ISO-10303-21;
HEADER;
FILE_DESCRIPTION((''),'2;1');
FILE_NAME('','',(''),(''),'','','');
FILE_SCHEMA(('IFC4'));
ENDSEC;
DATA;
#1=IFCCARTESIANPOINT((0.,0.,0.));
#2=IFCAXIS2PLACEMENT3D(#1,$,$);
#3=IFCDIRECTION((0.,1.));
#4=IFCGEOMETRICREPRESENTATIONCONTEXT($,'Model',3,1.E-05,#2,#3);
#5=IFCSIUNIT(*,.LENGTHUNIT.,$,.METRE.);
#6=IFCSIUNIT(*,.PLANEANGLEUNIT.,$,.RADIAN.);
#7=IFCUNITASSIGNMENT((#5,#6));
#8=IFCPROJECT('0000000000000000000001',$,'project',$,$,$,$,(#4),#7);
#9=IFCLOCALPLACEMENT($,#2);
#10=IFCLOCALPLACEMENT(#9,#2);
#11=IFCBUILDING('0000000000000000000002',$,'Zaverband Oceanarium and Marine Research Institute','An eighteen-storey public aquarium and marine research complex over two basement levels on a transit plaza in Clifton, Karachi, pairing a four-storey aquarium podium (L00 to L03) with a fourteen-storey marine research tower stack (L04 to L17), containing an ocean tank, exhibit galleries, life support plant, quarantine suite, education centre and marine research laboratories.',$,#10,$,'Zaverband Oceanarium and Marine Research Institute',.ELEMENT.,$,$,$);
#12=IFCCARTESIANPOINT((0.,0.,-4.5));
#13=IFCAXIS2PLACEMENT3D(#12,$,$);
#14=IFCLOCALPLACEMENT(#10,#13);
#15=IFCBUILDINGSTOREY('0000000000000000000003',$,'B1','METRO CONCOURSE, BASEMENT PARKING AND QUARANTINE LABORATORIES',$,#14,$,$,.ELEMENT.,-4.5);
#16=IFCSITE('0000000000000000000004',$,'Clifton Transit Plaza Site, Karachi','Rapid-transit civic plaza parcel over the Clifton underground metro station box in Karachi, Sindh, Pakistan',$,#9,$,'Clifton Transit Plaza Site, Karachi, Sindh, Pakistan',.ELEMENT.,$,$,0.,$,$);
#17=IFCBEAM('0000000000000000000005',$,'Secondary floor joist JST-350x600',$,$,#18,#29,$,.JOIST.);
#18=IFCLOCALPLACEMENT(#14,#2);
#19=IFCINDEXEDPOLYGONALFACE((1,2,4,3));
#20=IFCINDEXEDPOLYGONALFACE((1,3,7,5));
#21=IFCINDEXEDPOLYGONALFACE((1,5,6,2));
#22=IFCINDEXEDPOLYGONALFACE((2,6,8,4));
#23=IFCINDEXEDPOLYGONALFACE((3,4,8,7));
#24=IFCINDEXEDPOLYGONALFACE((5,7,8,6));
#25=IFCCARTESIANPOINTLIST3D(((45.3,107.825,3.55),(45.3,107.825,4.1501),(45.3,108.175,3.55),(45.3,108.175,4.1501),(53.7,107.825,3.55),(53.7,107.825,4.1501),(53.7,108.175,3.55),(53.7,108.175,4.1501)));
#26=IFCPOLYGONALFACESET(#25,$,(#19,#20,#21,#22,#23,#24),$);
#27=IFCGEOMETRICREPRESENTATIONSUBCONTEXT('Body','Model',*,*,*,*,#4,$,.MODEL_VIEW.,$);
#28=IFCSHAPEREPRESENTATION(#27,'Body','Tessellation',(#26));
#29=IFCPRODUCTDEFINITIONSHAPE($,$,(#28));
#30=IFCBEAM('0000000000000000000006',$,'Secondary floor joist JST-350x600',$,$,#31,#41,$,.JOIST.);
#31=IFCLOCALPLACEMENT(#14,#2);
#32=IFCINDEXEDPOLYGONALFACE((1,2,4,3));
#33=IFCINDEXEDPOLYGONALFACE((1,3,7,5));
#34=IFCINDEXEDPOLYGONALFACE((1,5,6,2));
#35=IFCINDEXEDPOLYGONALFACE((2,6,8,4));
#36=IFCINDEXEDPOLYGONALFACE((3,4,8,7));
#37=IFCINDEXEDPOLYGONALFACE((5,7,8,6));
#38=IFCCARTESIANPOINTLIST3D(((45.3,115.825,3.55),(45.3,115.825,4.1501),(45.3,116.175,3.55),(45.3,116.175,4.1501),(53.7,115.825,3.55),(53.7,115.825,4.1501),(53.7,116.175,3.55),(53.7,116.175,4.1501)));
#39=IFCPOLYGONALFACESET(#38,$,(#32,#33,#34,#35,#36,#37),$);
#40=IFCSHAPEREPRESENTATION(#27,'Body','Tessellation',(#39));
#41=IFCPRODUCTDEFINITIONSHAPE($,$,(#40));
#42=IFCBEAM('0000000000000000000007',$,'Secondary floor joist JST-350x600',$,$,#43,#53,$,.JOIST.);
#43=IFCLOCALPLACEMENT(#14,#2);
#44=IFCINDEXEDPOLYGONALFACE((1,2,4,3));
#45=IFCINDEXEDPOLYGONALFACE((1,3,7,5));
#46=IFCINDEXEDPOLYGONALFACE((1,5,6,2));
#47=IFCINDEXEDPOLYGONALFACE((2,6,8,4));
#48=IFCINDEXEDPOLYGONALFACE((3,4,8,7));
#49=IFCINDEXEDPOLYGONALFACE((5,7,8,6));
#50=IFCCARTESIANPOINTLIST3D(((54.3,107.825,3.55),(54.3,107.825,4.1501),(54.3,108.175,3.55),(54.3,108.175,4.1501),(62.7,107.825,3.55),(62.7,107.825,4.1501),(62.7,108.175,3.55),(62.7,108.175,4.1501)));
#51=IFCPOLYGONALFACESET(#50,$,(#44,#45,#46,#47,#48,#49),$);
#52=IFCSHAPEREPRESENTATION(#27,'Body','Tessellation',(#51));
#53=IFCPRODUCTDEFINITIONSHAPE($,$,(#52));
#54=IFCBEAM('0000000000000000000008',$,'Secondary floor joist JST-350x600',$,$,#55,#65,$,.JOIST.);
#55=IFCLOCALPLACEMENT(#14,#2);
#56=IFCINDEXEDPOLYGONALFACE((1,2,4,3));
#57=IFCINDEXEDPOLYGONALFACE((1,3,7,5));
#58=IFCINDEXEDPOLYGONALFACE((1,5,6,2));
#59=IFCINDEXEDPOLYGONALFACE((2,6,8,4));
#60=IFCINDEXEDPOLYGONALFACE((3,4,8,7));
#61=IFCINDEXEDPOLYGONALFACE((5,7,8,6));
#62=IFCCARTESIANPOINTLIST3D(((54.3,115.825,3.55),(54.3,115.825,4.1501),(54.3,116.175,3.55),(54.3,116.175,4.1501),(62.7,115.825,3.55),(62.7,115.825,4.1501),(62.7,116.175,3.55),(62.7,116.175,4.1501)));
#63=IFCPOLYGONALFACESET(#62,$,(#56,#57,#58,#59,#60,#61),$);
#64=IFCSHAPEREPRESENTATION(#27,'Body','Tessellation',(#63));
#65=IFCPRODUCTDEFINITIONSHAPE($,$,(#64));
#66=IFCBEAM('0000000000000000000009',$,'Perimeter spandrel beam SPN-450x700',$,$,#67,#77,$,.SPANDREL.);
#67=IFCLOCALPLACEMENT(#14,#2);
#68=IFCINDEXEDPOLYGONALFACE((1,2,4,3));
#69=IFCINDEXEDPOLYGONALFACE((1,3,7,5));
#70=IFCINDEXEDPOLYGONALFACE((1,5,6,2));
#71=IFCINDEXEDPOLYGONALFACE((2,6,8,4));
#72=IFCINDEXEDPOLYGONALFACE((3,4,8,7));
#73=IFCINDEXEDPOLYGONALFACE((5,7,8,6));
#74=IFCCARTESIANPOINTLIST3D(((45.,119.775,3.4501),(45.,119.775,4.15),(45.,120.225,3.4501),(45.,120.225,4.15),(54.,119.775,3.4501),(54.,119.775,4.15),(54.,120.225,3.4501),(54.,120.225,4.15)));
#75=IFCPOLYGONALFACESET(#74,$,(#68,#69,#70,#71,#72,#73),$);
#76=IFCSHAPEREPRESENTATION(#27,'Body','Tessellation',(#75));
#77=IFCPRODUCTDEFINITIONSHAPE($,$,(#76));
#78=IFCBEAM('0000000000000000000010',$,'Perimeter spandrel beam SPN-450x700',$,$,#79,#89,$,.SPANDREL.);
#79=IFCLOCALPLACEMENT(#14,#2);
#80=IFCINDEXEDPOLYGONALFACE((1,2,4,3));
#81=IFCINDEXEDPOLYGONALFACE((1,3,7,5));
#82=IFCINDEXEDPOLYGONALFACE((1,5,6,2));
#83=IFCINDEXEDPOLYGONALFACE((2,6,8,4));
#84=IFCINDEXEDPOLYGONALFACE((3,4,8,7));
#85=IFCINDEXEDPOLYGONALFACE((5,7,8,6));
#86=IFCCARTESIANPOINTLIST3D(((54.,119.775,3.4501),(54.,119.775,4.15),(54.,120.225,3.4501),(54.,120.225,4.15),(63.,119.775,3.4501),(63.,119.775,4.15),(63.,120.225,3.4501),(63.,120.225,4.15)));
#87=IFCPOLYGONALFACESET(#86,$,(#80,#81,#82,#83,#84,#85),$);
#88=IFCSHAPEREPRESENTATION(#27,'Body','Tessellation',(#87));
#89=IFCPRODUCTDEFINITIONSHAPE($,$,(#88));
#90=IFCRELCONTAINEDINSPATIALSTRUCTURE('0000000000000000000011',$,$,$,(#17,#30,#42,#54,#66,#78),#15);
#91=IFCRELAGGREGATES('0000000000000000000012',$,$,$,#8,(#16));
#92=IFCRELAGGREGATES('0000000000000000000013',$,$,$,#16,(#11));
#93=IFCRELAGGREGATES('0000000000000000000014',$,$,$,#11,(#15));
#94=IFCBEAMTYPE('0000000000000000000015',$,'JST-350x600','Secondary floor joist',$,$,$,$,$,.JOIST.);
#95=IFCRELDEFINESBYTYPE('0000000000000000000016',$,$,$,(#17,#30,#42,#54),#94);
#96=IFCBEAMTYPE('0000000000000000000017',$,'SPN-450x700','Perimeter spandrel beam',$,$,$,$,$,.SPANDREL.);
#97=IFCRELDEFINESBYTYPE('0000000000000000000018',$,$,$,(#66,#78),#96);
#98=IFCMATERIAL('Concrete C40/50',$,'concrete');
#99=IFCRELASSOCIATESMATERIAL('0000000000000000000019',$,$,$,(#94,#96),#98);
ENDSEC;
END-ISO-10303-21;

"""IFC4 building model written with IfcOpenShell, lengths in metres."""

from ifc_helpers import new_model, si_unit, direction, frame, origin, origin_2d, place, context, subcontext, project, spatial, rectangle, extrude, material, material_profile, profile_set, type_object, element, save


model = new_model("IFC4")

# Units and contexts
model_context = context("Model", 3, precision=1e-05, world=origin(), true_north=direction((0.0, 1.0)))
body_context = subcontext(model_context, "Body", "Model", "MODEL_VIEW")
ifc_project = project(units=[si_unit("LENGTHUNIT", "METRE"), si_unit("PLANEANGLEUNIT", "RADIAN")], contexts=[model_context])

# Site, building, storey
site_placement = place(None, origin())
site = spatial("IfcSite", under=ifc_project, at=site_placement, Name="Clifton Transit Plaza Site, Karachi", Description="Rapid-transit civic plaza parcel over the Clifton underground metro station box in Karachi, Sindh, Pakistan", LongName="Clifton Transit Plaza Site, Karachi, Sindh, Pakistan", CompositionType="ELEMENT", RefElevation=0.0)
building_placement = place(site_placement, origin())
building = spatial("IfcBuilding", under=site, at=building_placement, Name="Zaverband Oceanarium and Marine Research Institute", Description="An eighteen-storey public aquarium and marine research complex over two basement levels on a transit plaza in Clifton, Karachi, pairing a four-storey aquarium podium (L00 to L03) with a fourteen-storey marine research tower stack (L04 to L17), containing an ocean tank, exhibit galleries, life support plant, quarantine suite, education centre and marine research laboratories.", LongName="Zaverband Oceanarium and Marine Research Institute", CompositionType="ELEMENT")
storey_placement = place(building_placement, frame((0.0, 0.0, -4.5)))
storey = spatial("IfcBuildingStorey", under=building, at=storey_placement, Name="B1", Description="METRO CONCOURSE, BASEMENT PARKING AND QUARANTINE LABORATORIES", CompositionType="ELEMENT", Elevation=-4.5)

# Beams
ifc_material_1 = material(Name="Concrete C40/50", Category="concrete")
ifc_material_profile_1 = material_profile(ifc_material_1, rectangle(XDim=0.3501, YDim=0.6001, at=origin_2d()), Name="RC350x600")
ifc_profile_set_1 = profile_set([ifc_material_profile_1], Name="Concrete C40/50")
beam_type_1 = type_object("IfcBeamType", Name="JST-350x600", Description="Secondary floor joist", PredefinedType="JOIST", material=ifc_profile_set_1)
for number, where, z_axis, x_axis, name in (
    (1, (45.3, 108.0, 3.8501), (1.0, 0.0, 0.0), (0.0, 1.0, 0.0), "Secondary floor joist JST-350x600"),
    (2, (45.3, 116.0, 3.8501), (1.0, 0.0, 0.0), (0.0, 1.0, 0.0), "Secondary floor joist JST-350x600"),
    (3, (54.3, 108.0, 3.8501), (1.0, 0.0, 0.0), (0.0, 1.0, 0.0), "Secondary floor joist JST-350x600"),
    (4, (54.3, 116.0, 3.8501), (1.0, 0.0, 0.0), (0.0, 1.0, 0.0), "Secondary floor joist JST-350x600"),
):
    element("IfcBeam", number, at=place(storey_placement, frame(where, z_axis=z_axis, x_axis=x_axis)), inside=storey, type_object=beam_type_1, Name=name, PredefinedType="JOIST", context=body_context, shape_type="SweptSolid", body=[
        extrude(rectangle(XDim=0.3501, YDim=0.6001, at=origin_2d()), origin(), (0.0, 0.0, 1.0), 8.3999),
    ])
ifc_material_profile_2 = material_profile(ifc_material_1, rectangle(XDim=0.45, YDim=0.7, at=origin_2d()), Name="RC450x700")
ifc_profile_set_2 = profile_set([ifc_material_profile_2], Name="Concrete C40/50")
beam_type_2 = type_object("IfcBeamType", Name="SPN-450x700", Description="Perimeter spandrel beam", PredefinedType="SPANDREL", material=ifc_profile_set_2)
for number, where, z_axis, x_axis, name in (
    (5, (45.0, 120.0, 3.8), (1.0, 0.0, 0.0), (0.0, 1.0, 0.0), "Perimeter spandrel beam SPN-450x700"),
    (6, (54.0, 120.0, 3.8), (1.0, 0.0, 0.0), (0.0, 1.0, 0.0), "Perimeter spandrel beam SPN-450x700"),
):
    element("IfcBeam", number, at=place(storey_placement, frame(where, z_axis=z_axis, x_axis=x_axis)), inside=storey, type_object=beam_type_2, Name=name, PredefinedType="SPANDREL", context=body_context, shape_type="SweptSolid", body=[
        extrude(rectangle(XDim=0.45, YDim=0.7, at=origin_2d()), origin(), (0.0, 0.0, 1.0), 9.0),
    ])

save(model, "model.ifc")
